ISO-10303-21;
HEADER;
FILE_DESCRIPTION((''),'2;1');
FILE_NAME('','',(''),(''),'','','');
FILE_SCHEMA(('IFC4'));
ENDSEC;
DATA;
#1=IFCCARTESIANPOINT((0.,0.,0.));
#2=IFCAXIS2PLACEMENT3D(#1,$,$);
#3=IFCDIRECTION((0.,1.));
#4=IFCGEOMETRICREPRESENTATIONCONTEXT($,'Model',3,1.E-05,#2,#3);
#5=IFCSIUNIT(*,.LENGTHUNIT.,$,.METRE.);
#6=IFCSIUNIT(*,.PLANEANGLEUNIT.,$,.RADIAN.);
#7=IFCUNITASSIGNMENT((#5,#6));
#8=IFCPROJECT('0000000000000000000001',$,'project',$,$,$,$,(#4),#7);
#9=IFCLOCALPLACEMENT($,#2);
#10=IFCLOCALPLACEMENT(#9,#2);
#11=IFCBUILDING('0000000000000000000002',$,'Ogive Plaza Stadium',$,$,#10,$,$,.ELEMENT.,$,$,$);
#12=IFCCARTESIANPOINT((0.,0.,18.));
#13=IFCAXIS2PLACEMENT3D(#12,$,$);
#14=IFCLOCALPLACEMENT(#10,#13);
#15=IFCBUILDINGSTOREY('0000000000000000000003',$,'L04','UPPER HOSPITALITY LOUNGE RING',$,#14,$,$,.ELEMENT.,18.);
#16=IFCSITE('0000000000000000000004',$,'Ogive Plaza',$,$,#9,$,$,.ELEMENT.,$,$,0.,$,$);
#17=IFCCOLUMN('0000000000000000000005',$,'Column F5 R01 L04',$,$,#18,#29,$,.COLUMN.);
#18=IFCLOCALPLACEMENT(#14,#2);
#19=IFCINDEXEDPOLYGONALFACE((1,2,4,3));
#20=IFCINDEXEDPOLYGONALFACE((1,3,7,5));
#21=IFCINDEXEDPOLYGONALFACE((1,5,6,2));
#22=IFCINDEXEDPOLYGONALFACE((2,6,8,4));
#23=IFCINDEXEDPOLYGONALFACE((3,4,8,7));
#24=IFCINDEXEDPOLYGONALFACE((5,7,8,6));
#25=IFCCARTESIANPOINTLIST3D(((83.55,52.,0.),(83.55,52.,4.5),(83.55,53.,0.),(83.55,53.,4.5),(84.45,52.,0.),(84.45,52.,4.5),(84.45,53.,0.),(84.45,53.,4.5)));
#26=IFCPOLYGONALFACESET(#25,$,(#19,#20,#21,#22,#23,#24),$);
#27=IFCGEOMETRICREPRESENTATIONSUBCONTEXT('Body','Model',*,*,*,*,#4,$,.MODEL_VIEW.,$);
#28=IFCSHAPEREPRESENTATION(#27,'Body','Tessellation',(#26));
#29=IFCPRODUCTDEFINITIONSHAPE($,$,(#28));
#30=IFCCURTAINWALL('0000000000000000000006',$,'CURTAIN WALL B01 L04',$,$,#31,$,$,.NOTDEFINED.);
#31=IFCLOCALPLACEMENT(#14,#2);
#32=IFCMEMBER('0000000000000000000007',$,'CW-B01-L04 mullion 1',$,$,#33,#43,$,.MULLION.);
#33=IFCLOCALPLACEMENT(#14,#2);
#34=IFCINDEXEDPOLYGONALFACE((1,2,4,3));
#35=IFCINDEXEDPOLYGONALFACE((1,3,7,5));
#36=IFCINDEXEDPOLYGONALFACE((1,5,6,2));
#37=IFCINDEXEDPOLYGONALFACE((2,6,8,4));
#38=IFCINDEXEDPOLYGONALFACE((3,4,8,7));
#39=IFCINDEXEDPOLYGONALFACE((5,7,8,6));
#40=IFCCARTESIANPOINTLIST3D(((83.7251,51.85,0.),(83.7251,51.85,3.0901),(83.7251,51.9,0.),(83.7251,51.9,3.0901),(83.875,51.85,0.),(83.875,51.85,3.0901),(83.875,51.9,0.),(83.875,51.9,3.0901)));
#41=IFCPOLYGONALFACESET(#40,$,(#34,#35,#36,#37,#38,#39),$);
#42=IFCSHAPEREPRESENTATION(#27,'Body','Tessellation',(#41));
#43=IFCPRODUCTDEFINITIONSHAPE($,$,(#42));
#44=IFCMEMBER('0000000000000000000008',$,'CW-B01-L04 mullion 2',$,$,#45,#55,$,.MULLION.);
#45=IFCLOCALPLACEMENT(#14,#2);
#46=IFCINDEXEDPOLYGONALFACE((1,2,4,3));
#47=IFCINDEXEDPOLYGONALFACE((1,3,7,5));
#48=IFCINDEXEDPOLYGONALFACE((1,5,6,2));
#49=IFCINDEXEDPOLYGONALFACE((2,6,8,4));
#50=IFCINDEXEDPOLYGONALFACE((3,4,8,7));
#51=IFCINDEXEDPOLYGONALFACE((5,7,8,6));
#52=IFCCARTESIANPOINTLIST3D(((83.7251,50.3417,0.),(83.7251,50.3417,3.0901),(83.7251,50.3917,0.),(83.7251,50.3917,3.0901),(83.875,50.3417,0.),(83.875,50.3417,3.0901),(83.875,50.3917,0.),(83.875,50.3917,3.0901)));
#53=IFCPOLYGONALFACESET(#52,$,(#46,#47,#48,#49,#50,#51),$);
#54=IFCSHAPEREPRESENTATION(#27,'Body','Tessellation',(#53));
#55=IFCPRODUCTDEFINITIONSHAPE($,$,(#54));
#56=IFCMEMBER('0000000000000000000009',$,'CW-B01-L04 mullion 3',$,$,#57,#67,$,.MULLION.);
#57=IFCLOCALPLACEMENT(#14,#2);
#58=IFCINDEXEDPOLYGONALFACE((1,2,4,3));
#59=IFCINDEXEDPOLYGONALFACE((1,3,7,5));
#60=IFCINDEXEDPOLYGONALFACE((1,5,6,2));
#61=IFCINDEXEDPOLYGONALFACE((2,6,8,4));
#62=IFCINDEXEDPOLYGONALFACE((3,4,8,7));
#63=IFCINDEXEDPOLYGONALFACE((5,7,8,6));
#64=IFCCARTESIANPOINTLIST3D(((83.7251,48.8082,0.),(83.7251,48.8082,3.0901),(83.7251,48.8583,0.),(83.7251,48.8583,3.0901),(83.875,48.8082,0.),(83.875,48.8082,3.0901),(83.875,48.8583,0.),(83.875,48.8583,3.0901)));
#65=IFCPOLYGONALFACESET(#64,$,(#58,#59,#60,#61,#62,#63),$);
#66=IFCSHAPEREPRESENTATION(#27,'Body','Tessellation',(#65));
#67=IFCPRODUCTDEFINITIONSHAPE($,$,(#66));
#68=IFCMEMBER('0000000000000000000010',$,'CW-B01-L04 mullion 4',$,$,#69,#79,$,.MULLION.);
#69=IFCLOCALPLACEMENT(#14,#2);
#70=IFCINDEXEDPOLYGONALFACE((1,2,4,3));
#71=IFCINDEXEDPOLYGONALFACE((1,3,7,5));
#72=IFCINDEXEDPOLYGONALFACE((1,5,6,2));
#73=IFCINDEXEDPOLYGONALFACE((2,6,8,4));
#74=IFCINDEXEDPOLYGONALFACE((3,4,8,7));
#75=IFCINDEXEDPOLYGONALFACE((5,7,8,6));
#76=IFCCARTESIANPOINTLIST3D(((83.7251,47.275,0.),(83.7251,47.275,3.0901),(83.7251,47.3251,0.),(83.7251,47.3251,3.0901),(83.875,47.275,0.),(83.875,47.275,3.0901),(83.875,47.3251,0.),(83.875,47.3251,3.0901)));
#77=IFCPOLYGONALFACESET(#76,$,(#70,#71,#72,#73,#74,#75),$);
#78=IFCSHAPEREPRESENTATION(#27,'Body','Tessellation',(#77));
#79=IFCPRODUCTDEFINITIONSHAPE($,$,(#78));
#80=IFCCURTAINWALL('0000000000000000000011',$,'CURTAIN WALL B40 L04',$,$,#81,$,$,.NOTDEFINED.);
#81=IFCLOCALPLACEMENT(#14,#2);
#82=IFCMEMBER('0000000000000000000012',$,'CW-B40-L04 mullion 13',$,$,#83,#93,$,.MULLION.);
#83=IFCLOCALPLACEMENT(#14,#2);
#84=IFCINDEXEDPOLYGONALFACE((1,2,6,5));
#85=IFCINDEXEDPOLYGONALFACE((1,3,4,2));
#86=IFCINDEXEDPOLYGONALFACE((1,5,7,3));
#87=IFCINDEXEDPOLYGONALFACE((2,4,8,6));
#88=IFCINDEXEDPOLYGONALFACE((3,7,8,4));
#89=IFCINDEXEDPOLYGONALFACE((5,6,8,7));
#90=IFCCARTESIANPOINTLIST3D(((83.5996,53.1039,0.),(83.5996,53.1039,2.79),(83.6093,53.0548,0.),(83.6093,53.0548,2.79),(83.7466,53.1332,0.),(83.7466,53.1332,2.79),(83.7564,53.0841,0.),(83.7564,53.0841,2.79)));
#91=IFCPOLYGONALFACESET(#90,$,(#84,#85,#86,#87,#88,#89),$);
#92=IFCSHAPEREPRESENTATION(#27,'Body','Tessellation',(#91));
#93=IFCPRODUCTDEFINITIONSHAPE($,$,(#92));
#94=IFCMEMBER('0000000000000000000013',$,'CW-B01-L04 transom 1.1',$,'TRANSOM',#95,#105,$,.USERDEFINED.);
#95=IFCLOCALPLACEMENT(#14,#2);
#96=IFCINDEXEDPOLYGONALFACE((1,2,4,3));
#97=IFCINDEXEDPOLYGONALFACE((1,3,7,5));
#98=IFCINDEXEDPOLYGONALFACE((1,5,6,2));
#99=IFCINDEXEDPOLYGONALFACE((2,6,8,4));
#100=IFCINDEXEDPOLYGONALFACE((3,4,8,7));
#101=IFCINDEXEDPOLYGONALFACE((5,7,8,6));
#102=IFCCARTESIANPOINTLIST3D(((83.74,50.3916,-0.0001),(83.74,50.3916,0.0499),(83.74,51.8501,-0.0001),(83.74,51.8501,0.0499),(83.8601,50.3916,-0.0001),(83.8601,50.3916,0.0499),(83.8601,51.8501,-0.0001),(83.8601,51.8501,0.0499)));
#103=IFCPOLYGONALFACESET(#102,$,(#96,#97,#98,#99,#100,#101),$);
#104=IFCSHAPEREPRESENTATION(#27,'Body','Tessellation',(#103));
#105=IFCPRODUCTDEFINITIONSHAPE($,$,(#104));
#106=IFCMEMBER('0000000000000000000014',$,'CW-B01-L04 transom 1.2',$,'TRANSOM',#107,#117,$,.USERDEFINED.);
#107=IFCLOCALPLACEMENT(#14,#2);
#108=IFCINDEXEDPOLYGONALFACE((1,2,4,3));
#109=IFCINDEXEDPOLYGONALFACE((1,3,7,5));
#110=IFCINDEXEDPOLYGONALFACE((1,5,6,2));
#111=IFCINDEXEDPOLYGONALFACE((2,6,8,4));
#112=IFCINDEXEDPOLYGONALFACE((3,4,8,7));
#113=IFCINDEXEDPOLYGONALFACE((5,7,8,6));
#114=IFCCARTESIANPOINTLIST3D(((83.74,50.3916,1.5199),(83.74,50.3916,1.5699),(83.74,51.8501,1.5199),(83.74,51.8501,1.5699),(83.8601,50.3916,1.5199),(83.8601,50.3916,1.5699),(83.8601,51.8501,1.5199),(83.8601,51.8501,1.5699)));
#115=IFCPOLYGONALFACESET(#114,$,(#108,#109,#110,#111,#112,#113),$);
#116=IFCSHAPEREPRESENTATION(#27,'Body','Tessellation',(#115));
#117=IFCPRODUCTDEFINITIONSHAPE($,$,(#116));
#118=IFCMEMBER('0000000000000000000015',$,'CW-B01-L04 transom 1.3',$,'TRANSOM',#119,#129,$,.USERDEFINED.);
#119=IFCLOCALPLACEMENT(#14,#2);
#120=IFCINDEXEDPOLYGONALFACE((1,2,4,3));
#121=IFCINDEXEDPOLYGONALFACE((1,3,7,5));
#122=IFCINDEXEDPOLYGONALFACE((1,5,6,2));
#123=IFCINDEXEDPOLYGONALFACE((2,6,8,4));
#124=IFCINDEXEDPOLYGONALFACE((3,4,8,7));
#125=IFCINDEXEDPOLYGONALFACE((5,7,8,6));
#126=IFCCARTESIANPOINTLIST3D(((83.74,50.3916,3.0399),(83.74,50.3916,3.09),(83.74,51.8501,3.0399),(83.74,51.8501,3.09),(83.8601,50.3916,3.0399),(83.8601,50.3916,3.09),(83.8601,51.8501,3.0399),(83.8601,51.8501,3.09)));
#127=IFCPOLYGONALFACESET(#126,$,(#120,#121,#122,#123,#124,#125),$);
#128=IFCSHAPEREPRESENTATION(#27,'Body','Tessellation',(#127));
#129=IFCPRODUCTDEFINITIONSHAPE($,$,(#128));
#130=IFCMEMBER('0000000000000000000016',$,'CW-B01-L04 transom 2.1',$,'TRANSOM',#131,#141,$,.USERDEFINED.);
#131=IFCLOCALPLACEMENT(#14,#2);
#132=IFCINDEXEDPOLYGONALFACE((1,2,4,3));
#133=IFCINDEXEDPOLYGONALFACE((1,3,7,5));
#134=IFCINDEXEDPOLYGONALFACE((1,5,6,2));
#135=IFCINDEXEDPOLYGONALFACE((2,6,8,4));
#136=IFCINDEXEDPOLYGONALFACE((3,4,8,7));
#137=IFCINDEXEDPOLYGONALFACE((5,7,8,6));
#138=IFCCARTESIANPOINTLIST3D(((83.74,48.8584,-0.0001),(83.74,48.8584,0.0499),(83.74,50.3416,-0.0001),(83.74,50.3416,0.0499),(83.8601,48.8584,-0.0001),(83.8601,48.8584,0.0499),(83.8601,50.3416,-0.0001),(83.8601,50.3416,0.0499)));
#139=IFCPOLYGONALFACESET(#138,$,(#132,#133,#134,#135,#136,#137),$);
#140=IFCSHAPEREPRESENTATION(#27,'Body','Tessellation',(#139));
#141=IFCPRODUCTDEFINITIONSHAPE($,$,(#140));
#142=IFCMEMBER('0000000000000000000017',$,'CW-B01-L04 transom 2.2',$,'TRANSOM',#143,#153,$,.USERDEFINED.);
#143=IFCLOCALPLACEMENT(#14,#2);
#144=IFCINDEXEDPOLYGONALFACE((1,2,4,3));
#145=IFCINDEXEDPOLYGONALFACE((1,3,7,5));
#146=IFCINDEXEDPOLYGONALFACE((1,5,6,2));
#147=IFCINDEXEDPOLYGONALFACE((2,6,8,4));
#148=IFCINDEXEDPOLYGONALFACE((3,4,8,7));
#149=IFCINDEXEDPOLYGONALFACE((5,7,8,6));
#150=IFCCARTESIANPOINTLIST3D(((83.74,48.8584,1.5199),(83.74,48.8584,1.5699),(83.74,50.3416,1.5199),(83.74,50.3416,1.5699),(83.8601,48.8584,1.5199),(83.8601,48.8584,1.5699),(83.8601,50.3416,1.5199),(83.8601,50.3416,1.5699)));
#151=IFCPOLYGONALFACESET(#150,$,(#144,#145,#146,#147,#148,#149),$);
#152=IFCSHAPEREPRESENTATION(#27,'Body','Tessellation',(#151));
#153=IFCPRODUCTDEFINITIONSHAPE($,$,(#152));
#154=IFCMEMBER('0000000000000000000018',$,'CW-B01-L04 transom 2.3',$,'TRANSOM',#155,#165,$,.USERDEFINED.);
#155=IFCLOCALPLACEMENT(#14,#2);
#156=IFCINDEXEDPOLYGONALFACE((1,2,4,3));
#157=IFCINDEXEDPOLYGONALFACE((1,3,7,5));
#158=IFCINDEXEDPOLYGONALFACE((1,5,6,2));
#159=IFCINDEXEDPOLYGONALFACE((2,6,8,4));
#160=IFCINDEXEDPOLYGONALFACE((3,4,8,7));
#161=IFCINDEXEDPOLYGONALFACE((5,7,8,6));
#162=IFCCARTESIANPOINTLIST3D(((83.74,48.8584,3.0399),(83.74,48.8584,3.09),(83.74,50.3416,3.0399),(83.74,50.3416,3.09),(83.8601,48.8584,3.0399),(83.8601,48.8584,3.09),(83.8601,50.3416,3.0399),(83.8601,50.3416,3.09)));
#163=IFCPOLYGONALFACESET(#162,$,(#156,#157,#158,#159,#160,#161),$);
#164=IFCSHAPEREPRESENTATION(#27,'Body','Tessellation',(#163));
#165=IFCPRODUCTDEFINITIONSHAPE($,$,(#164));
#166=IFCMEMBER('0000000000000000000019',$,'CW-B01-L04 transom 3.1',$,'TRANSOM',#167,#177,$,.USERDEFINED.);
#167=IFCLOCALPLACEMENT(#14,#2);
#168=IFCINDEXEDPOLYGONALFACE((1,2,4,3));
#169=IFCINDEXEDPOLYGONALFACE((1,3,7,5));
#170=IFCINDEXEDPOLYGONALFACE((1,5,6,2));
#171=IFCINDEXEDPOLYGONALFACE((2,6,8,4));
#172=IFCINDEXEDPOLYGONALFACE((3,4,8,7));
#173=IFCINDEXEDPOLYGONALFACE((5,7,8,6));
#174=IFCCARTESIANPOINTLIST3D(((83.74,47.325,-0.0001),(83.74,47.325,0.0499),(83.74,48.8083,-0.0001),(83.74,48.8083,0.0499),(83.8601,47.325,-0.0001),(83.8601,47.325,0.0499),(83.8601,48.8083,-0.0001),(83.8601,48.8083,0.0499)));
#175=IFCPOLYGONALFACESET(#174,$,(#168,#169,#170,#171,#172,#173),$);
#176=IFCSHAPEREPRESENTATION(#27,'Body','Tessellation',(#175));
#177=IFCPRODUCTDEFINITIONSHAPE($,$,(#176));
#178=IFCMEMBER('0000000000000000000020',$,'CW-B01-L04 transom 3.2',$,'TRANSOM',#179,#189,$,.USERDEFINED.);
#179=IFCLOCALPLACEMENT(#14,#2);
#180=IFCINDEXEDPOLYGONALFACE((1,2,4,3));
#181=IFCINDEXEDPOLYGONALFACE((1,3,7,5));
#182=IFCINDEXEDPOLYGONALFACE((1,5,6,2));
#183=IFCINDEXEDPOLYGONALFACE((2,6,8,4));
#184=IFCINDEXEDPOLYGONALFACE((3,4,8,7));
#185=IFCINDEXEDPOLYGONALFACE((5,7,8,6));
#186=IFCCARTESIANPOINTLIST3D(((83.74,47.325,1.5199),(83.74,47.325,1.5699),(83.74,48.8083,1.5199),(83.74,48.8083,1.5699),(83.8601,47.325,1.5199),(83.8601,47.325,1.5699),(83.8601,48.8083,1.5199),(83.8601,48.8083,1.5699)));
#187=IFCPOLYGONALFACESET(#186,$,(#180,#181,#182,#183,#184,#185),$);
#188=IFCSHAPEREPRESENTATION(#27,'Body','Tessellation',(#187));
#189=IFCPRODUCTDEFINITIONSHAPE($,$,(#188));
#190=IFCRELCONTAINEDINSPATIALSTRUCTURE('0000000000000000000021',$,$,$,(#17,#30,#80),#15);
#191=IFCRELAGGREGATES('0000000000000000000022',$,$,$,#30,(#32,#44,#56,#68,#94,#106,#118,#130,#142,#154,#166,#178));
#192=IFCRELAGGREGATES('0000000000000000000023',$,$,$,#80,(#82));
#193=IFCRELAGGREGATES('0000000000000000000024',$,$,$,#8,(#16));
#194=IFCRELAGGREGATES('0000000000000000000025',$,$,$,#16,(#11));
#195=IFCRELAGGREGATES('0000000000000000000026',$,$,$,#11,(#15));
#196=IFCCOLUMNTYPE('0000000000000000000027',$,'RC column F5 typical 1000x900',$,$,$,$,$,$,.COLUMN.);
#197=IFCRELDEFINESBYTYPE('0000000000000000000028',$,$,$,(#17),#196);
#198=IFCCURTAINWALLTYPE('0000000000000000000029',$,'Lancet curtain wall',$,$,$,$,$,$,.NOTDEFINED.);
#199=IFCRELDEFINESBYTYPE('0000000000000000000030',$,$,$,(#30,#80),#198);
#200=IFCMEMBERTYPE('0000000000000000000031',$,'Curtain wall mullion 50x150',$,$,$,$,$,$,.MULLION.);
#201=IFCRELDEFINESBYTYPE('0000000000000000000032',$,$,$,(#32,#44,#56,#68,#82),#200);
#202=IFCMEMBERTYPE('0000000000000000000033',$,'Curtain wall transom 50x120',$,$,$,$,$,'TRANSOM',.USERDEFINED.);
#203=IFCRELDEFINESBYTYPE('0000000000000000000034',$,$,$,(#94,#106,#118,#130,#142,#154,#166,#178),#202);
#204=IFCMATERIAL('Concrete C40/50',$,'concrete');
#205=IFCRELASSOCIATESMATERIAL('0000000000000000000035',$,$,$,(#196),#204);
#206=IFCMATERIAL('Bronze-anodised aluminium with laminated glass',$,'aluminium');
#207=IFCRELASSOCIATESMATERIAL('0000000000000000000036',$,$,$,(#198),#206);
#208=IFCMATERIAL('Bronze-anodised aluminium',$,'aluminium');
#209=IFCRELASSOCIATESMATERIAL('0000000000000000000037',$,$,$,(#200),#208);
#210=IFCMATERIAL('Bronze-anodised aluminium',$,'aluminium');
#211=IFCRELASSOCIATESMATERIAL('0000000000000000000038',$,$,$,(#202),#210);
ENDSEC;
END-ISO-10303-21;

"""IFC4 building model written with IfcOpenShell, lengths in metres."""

from ifc_helpers import new_model, si_unit, direction, frame, origin, origin_2d, place, context, subcontext, project, spatial, rectangle, extrude, material, material_profile, profile_set, type_object, element, aggregate, save


model = new_model("IFC4")

# Units and contexts
model_context = context("Model", 3, precision=1e-05, world=origin(), true_north=direction((0.0, 1.0)))
body_context = subcontext(model_context, "Body", "Model", "MODEL_VIEW")
ifc_project = project(units=[si_unit("LENGTHUNIT", "METRE"), si_unit("PLANEANGLEUNIT", "RADIAN")], contexts=[model_context])

# Site, building, storey
site_placement = place(None, origin())
site = spatial("IfcSite", under=ifc_project, at=site_placement, Name="Ogive Plaza", CompositionType="ELEMENT", RefElevation=0.0)
building_placement = place(site_placement, origin())
building = spatial("IfcBuilding", under=site, at=building_placement, Name="Ogive Plaza Stadium", CompositionType="ELEMENT")
storey_placement = place(building_placement, frame((0.0, 0.0, 18.0)))
storey = spatial("IfcBuildingStorey", under=building, at=storey_placement, Name="L04", Description="UPPER HOSPITALITY LOUNGE RING", CompositionType="ELEMENT", Elevation=18.0)

# Column
ifc_material_1 = material(Name="Concrete C40/50", Category="concrete")
ifc_material_profile_1 = material_profile(ifc_material_1, rectangle(XDim=1.0, YDim=0.8999, at=origin_2d()), Name="RC 1000x900")
ifc_profile_set_1 = profile_set([ifc_material_profile_1], Name="Concrete C40/50")
column_type = type_object("IfcColumnType", Name="RC column F5 typical 1000x900", PredefinedType="COLUMN", material=ifc_profile_set_1)
column_placement = place(storey_placement, frame((84.0, 52.5, 0.0), z_axis=(0.0, 0.0, 1.0), x_axis=(0.0, 1.0, 0.0)))
element("IfcColumn", 1, at=column_placement, inside=storey, type_object=column_type, Name="Column F5 R01 L04", PredefinedType="COLUMN", context=body_context, shape_type="SweptSolid", body=[
    extrude(rectangle(XDim=1.0, YDim=0.8999, at=origin_2d()), origin(), (0.0, 0.0, 1.0), 4.5),
])

# Curtain wall, members
ifc_material_2 = material(Name="Bronze-anodised aluminium with laminated glass", Category="aluminium")
curtain_wall_type = type_object("IfcCurtainWallType", Name="Lancet curtain wall", PredefinedType="NOTDEFINED", material=ifc_material_2)
curtain_wall_1_placement = place(storey_placement, origin())
curtain_wall_1 = element("IfcCurtainWall", 2, at=curtain_wall_1_placement, inside=storey, type_object=curtain_wall_type, Name="CURTAIN WALL B01 L04", PredefinedType="NOTDEFINED")
ifc_material_3 = material(Name="Bronze-anodised aluminium", Category="aluminium")
ifc_material_profile_2 = material_profile(ifc_material_3, rectangle(XDim=0.1499, YDim=0.05, at=origin_2d()), Name="AL 150x50")
ifc_profile_set_2 = profile_set([ifc_material_profile_2], Name="Bronze-anodised aluminium")
member_type_1 = type_object("IfcMemberType", Name="Curtain wall mullion 50x150", PredefinedType="MULLION", material=ifc_profile_set_2)
member_1_placement = place(storey_placement, frame((83.8, 51.875, 0.0), z_axis=(0.0, 0.0, 1.0), x_axis=(1.0, 0.0, 0.0)))
member_1 = element("IfcMember", 3, at=member_1_placement, type_object=member_type_1, Name="CW-B01-L04 mullion 1", PredefinedType="MULLION", context=body_context, shape_type="SweptSolid", body=[
    extrude(rectangle(XDim=0.1499, YDim=0.05, at=origin_2d()), origin(), (0.0, 0.0, 1.0), 3.0901),
])
member_2_placement = place(storey_placement, frame((83.8, 50.3667, 0.0), z_axis=(0.0, 0.0, 1.0), x_axis=(1.0, 0.0, 0.0)))
member_2 = element("IfcMember", 4, at=member_2_placement, type_object=member_type_1, Name="CW-B01-L04 mullion 2", PredefinedType="MULLION", context=body_context, shape_type="SweptSolid", body=[
    extrude(rectangle(XDim=0.1499, YDim=0.05, at=origin_2d()), origin(), (0.0, 0.0, 1.0), 3.0901),
])
member_3_placement = place(storey_placement, frame((83.8, 48.8333, 0.0), z_axis=(0.0, 0.0, 1.0), x_axis=(1.0, 0.0, 0.0)))
member_3 = element("IfcMember", 5, at=member_3_placement, type_object=member_type_1, Name="CW-B01-L04 mullion 3", PredefinedType="MULLION", context=body_context, shape_type="SweptSolid", body=[
    extrude(rectangle(XDim=0.1499, YDim=0.05, at=origin_2d()), origin(), (0.0, 0.0, 1.0), 3.0901),
])
member_4_placement = place(storey_placement, frame((83.8, 47.3, 0.0), z_axis=(0.0, 0.0, 1.0), x_axis=(1.0, 0.0, 0.0)))
member_4 = element("IfcMember", 6, at=member_4_placement, type_object=member_type_1, Name="CW-B01-L04 mullion 4", PredefinedType="MULLION", context=body_context, shape_type="SweptSolid", body=[
    extrude(rectangle(XDim=0.1499, YDim=0.05, at=origin_2d()), origin(), (0.0, 0.0, 1.0), 3.0901),
])

# Curtain wall, member
curtain_wall_2_placement = place(storey_placement, origin())
curtain_wall_2 = element("IfcCurtainWall", 7, at=curtain_wall_2_placement, inside=storey, type_object=curtain_wall_type, Name="CURTAIN WALL B40 L04", PredefinedType="NOTDEFINED")
member_5_placement = place(storey_placement, frame((83.678, 53.094, 0.0), z_axis=(0.0, 0.0, 1.0), x_axis=(0.980785, 0.19509, 0.0)))
member_5 = element("IfcMember", 8, at=member_5_placement, type_object=member_type_1, Name="CW-B40-L04 mullion 13", PredefinedType="MULLION", context=body_context, shape_type="SweptSolid", body=[
    extrude(rectangle(XDim=0.1499, YDim=0.05, at=origin_2d()), origin(), (0.0, 0.0, 1.0), 2.79),
])

# Members
ifc_material_4 = material(Name="Bronze-anodised aluminium", Category="aluminium")
ifc_material_profile_3 = material_profile(ifc_material_4, rectangle(XDim=0.1201, YDim=0.05, at=origin_2d()), Name="AL 120x50")
ifc_profile_set_3 = profile_set([ifc_material_profile_3], Name="Bronze-anodised aluminium")
member_type_2 = type_object("IfcMemberType", Name="Curtain wall transom 50x120", ElementType="TRANSOM", PredefinedType="USERDEFINED", material=ifc_profile_set_3)
member_6_placement = place(storey_placement, frame((83.8, 51.8501, 0.0249), z_axis=(0.0, -1.0, 0.0), x_axis=(1.0, 0.0, 0.0)))
member_6 = element("IfcMember", 9, at=member_6_placement, type_object=member_type_2, Name="CW-B01-L04 transom 1.1", ObjectType="TRANSOM", PredefinedType="USERDEFINED", context=body_context, shape_type="SweptSolid", body=[
    extrude(rectangle(XDim=0.1201, YDim=0.05, at=origin_2d()), origin(), (0.0, 0.0, 1.0), 1.4585),
])
member_7_placement = place(storey_placement, frame((83.8, 51.8501, 1.5449), z_axis=(0.0, -1.0, 0.0), x_axis=(1.0, 0.0, 0.0)))
member_7 = element("IfcMember", 10, at=member_7_placement, type_object=member_type_2, Name="CW-B01-L04 transom 1.2", ObjectType="TRANSOM", PredefinedType="USERDEFINED", context=body_context, shape_type="SweptSolid", body=[
    extrude(rectangle(XDim=0.1201, YDim=0.05, at=origin_2d()), origin(), (0.0, 0.0, 1.0), 1.4585),
])
member_8_placement = place(storey_placement, frame((83.8, 51.8501, 3.0649), z_axis=(0.0, -1.0, 0.0), x_axis=(1.0, 0.0, 0.0)))
member_8 = element("IfcMember", 11, at=member_8_placement, type_object=member_type_2, Name="CW-B01-L04 transom 1.3", ObjectType="TRANSOM", PredefinedType="USERDEFINED", context=body_context, shape_type="SweptSolid", body=[
    extrude(rectangle(XDim=0.1201, YDim=0.05, at=origin_2d()), origin(), (0.0, 0.0, 1.0), 1.4585),
])
member_9_placement = place(storey_placement, frame((83.8, 50.3416, 0.0249), z_axis=(0.0, -1.0, 0.0), x_axis=(1.0, 0.0, 0.0)))
member_9 = element("IfcMember", 12, at=member_9_placement, type_object=member_type_2, Name="CW-B01-L04 transom 2.1", ObjectType="TRANSOM", PredefinedType="USERDEFINED", context=body_context, shape_type="SweptSolid", body=[
    extrude(rectangle(XDim=0.1201, YDim=0.05, at=origin_2d()), origin(), (0.0, 0.0, 1.0), 1.4832),
])
member_10_placement = place(storey_placement, frame((83.8, 50.3416, 1.5449), z_axis=(0.0, -1.0, 0.0), x_axis=(1.0, 0.0, 0.0)))
member_10 = element("IfcMember", 13, at=member_10_placement, type_object=member_type_2, Name="CW-B01-L04 transom 2.2", ObjectType="TRANSOM", PredefinedType="USERDEFINED", context=body_context, shape_type="SweptSolid", body=[
    extrude(rectangle(XDim=0.1201, YDim=0.05, at=origin_2d()), origin(), (0.0, 0.0, 1.0), 1.4832),
])
member_11_placement = place(storey_placement, frame((83.8, 50.3416, 3.0649), z_axis=(0.0, -1.0, 0.0), x_axis=(1.0, 0.0, 0.0)))
member_11 = element("IfcMember", 14, at=member_11_placement, type_object=member_type_2, Name="CW-B01-L04 transom 2.3", ObjectType="TRANSOM", PredefinedType="USERDEFINED", context=body_context, shape_type="SweptSolid", body=[
    extrude(rectangle(XDim=0.1201, YDim=0.05, at=origin_2d()), origin(), (0.0, 0.0, 1.0), 1.4832),
])
member_12_placement = place(storey_placement, frame((83.8, 48.8083, 0.0249), z_axis=(0.0, -1.0, 0.0), x_axis=(1.0, 0.0, 0.0)))
member_12 = element("IfcMember", 15, at=member_12_placement, type_object=member_type_2, Name="CW-B01-L04 transom 3.1", ObjectType="TRANSOM", PredefinedType="USERDEFINED", context=body_context, shape_type="SweptSolid", body=[
    extrude(rectangle(XDim=0.1201, YDim=0.05, at=origin_2d()), origin(), (0.0, 0.0, 1.0), 1.4834),
])
member_13_placement = place(storey_placement, frame((83.8, 48.8083, 1.5449), z_axis=(0.0, -1.0, 0.0), x_axis=(1.0, 0.0, 0.0)))
member_13 = element("IfcMember", 16, at=member_13_placement, type_object=member_type_2, Name="CW-B01-L04 transom 3.2", ObjectType="TRANSOM", PredefinedType="USERDEFINED", context=body_context, shape_type="SweptSolid", body=[
    extrude(rectangle(XDim=0.1201, YDim=0.05, at=origin_2d()), origin(), (0.0, 0.0, 1.0), 1.4834),
])

aggregate(curtain_wall_1, [member_1, member_2, member_3, member_4, member_6, member_7, member_8, member_9, member_10, member_11, member_12, member_13])
aggregate(curtain_wall_2, [member_5])

save(model, "model.ifc")
